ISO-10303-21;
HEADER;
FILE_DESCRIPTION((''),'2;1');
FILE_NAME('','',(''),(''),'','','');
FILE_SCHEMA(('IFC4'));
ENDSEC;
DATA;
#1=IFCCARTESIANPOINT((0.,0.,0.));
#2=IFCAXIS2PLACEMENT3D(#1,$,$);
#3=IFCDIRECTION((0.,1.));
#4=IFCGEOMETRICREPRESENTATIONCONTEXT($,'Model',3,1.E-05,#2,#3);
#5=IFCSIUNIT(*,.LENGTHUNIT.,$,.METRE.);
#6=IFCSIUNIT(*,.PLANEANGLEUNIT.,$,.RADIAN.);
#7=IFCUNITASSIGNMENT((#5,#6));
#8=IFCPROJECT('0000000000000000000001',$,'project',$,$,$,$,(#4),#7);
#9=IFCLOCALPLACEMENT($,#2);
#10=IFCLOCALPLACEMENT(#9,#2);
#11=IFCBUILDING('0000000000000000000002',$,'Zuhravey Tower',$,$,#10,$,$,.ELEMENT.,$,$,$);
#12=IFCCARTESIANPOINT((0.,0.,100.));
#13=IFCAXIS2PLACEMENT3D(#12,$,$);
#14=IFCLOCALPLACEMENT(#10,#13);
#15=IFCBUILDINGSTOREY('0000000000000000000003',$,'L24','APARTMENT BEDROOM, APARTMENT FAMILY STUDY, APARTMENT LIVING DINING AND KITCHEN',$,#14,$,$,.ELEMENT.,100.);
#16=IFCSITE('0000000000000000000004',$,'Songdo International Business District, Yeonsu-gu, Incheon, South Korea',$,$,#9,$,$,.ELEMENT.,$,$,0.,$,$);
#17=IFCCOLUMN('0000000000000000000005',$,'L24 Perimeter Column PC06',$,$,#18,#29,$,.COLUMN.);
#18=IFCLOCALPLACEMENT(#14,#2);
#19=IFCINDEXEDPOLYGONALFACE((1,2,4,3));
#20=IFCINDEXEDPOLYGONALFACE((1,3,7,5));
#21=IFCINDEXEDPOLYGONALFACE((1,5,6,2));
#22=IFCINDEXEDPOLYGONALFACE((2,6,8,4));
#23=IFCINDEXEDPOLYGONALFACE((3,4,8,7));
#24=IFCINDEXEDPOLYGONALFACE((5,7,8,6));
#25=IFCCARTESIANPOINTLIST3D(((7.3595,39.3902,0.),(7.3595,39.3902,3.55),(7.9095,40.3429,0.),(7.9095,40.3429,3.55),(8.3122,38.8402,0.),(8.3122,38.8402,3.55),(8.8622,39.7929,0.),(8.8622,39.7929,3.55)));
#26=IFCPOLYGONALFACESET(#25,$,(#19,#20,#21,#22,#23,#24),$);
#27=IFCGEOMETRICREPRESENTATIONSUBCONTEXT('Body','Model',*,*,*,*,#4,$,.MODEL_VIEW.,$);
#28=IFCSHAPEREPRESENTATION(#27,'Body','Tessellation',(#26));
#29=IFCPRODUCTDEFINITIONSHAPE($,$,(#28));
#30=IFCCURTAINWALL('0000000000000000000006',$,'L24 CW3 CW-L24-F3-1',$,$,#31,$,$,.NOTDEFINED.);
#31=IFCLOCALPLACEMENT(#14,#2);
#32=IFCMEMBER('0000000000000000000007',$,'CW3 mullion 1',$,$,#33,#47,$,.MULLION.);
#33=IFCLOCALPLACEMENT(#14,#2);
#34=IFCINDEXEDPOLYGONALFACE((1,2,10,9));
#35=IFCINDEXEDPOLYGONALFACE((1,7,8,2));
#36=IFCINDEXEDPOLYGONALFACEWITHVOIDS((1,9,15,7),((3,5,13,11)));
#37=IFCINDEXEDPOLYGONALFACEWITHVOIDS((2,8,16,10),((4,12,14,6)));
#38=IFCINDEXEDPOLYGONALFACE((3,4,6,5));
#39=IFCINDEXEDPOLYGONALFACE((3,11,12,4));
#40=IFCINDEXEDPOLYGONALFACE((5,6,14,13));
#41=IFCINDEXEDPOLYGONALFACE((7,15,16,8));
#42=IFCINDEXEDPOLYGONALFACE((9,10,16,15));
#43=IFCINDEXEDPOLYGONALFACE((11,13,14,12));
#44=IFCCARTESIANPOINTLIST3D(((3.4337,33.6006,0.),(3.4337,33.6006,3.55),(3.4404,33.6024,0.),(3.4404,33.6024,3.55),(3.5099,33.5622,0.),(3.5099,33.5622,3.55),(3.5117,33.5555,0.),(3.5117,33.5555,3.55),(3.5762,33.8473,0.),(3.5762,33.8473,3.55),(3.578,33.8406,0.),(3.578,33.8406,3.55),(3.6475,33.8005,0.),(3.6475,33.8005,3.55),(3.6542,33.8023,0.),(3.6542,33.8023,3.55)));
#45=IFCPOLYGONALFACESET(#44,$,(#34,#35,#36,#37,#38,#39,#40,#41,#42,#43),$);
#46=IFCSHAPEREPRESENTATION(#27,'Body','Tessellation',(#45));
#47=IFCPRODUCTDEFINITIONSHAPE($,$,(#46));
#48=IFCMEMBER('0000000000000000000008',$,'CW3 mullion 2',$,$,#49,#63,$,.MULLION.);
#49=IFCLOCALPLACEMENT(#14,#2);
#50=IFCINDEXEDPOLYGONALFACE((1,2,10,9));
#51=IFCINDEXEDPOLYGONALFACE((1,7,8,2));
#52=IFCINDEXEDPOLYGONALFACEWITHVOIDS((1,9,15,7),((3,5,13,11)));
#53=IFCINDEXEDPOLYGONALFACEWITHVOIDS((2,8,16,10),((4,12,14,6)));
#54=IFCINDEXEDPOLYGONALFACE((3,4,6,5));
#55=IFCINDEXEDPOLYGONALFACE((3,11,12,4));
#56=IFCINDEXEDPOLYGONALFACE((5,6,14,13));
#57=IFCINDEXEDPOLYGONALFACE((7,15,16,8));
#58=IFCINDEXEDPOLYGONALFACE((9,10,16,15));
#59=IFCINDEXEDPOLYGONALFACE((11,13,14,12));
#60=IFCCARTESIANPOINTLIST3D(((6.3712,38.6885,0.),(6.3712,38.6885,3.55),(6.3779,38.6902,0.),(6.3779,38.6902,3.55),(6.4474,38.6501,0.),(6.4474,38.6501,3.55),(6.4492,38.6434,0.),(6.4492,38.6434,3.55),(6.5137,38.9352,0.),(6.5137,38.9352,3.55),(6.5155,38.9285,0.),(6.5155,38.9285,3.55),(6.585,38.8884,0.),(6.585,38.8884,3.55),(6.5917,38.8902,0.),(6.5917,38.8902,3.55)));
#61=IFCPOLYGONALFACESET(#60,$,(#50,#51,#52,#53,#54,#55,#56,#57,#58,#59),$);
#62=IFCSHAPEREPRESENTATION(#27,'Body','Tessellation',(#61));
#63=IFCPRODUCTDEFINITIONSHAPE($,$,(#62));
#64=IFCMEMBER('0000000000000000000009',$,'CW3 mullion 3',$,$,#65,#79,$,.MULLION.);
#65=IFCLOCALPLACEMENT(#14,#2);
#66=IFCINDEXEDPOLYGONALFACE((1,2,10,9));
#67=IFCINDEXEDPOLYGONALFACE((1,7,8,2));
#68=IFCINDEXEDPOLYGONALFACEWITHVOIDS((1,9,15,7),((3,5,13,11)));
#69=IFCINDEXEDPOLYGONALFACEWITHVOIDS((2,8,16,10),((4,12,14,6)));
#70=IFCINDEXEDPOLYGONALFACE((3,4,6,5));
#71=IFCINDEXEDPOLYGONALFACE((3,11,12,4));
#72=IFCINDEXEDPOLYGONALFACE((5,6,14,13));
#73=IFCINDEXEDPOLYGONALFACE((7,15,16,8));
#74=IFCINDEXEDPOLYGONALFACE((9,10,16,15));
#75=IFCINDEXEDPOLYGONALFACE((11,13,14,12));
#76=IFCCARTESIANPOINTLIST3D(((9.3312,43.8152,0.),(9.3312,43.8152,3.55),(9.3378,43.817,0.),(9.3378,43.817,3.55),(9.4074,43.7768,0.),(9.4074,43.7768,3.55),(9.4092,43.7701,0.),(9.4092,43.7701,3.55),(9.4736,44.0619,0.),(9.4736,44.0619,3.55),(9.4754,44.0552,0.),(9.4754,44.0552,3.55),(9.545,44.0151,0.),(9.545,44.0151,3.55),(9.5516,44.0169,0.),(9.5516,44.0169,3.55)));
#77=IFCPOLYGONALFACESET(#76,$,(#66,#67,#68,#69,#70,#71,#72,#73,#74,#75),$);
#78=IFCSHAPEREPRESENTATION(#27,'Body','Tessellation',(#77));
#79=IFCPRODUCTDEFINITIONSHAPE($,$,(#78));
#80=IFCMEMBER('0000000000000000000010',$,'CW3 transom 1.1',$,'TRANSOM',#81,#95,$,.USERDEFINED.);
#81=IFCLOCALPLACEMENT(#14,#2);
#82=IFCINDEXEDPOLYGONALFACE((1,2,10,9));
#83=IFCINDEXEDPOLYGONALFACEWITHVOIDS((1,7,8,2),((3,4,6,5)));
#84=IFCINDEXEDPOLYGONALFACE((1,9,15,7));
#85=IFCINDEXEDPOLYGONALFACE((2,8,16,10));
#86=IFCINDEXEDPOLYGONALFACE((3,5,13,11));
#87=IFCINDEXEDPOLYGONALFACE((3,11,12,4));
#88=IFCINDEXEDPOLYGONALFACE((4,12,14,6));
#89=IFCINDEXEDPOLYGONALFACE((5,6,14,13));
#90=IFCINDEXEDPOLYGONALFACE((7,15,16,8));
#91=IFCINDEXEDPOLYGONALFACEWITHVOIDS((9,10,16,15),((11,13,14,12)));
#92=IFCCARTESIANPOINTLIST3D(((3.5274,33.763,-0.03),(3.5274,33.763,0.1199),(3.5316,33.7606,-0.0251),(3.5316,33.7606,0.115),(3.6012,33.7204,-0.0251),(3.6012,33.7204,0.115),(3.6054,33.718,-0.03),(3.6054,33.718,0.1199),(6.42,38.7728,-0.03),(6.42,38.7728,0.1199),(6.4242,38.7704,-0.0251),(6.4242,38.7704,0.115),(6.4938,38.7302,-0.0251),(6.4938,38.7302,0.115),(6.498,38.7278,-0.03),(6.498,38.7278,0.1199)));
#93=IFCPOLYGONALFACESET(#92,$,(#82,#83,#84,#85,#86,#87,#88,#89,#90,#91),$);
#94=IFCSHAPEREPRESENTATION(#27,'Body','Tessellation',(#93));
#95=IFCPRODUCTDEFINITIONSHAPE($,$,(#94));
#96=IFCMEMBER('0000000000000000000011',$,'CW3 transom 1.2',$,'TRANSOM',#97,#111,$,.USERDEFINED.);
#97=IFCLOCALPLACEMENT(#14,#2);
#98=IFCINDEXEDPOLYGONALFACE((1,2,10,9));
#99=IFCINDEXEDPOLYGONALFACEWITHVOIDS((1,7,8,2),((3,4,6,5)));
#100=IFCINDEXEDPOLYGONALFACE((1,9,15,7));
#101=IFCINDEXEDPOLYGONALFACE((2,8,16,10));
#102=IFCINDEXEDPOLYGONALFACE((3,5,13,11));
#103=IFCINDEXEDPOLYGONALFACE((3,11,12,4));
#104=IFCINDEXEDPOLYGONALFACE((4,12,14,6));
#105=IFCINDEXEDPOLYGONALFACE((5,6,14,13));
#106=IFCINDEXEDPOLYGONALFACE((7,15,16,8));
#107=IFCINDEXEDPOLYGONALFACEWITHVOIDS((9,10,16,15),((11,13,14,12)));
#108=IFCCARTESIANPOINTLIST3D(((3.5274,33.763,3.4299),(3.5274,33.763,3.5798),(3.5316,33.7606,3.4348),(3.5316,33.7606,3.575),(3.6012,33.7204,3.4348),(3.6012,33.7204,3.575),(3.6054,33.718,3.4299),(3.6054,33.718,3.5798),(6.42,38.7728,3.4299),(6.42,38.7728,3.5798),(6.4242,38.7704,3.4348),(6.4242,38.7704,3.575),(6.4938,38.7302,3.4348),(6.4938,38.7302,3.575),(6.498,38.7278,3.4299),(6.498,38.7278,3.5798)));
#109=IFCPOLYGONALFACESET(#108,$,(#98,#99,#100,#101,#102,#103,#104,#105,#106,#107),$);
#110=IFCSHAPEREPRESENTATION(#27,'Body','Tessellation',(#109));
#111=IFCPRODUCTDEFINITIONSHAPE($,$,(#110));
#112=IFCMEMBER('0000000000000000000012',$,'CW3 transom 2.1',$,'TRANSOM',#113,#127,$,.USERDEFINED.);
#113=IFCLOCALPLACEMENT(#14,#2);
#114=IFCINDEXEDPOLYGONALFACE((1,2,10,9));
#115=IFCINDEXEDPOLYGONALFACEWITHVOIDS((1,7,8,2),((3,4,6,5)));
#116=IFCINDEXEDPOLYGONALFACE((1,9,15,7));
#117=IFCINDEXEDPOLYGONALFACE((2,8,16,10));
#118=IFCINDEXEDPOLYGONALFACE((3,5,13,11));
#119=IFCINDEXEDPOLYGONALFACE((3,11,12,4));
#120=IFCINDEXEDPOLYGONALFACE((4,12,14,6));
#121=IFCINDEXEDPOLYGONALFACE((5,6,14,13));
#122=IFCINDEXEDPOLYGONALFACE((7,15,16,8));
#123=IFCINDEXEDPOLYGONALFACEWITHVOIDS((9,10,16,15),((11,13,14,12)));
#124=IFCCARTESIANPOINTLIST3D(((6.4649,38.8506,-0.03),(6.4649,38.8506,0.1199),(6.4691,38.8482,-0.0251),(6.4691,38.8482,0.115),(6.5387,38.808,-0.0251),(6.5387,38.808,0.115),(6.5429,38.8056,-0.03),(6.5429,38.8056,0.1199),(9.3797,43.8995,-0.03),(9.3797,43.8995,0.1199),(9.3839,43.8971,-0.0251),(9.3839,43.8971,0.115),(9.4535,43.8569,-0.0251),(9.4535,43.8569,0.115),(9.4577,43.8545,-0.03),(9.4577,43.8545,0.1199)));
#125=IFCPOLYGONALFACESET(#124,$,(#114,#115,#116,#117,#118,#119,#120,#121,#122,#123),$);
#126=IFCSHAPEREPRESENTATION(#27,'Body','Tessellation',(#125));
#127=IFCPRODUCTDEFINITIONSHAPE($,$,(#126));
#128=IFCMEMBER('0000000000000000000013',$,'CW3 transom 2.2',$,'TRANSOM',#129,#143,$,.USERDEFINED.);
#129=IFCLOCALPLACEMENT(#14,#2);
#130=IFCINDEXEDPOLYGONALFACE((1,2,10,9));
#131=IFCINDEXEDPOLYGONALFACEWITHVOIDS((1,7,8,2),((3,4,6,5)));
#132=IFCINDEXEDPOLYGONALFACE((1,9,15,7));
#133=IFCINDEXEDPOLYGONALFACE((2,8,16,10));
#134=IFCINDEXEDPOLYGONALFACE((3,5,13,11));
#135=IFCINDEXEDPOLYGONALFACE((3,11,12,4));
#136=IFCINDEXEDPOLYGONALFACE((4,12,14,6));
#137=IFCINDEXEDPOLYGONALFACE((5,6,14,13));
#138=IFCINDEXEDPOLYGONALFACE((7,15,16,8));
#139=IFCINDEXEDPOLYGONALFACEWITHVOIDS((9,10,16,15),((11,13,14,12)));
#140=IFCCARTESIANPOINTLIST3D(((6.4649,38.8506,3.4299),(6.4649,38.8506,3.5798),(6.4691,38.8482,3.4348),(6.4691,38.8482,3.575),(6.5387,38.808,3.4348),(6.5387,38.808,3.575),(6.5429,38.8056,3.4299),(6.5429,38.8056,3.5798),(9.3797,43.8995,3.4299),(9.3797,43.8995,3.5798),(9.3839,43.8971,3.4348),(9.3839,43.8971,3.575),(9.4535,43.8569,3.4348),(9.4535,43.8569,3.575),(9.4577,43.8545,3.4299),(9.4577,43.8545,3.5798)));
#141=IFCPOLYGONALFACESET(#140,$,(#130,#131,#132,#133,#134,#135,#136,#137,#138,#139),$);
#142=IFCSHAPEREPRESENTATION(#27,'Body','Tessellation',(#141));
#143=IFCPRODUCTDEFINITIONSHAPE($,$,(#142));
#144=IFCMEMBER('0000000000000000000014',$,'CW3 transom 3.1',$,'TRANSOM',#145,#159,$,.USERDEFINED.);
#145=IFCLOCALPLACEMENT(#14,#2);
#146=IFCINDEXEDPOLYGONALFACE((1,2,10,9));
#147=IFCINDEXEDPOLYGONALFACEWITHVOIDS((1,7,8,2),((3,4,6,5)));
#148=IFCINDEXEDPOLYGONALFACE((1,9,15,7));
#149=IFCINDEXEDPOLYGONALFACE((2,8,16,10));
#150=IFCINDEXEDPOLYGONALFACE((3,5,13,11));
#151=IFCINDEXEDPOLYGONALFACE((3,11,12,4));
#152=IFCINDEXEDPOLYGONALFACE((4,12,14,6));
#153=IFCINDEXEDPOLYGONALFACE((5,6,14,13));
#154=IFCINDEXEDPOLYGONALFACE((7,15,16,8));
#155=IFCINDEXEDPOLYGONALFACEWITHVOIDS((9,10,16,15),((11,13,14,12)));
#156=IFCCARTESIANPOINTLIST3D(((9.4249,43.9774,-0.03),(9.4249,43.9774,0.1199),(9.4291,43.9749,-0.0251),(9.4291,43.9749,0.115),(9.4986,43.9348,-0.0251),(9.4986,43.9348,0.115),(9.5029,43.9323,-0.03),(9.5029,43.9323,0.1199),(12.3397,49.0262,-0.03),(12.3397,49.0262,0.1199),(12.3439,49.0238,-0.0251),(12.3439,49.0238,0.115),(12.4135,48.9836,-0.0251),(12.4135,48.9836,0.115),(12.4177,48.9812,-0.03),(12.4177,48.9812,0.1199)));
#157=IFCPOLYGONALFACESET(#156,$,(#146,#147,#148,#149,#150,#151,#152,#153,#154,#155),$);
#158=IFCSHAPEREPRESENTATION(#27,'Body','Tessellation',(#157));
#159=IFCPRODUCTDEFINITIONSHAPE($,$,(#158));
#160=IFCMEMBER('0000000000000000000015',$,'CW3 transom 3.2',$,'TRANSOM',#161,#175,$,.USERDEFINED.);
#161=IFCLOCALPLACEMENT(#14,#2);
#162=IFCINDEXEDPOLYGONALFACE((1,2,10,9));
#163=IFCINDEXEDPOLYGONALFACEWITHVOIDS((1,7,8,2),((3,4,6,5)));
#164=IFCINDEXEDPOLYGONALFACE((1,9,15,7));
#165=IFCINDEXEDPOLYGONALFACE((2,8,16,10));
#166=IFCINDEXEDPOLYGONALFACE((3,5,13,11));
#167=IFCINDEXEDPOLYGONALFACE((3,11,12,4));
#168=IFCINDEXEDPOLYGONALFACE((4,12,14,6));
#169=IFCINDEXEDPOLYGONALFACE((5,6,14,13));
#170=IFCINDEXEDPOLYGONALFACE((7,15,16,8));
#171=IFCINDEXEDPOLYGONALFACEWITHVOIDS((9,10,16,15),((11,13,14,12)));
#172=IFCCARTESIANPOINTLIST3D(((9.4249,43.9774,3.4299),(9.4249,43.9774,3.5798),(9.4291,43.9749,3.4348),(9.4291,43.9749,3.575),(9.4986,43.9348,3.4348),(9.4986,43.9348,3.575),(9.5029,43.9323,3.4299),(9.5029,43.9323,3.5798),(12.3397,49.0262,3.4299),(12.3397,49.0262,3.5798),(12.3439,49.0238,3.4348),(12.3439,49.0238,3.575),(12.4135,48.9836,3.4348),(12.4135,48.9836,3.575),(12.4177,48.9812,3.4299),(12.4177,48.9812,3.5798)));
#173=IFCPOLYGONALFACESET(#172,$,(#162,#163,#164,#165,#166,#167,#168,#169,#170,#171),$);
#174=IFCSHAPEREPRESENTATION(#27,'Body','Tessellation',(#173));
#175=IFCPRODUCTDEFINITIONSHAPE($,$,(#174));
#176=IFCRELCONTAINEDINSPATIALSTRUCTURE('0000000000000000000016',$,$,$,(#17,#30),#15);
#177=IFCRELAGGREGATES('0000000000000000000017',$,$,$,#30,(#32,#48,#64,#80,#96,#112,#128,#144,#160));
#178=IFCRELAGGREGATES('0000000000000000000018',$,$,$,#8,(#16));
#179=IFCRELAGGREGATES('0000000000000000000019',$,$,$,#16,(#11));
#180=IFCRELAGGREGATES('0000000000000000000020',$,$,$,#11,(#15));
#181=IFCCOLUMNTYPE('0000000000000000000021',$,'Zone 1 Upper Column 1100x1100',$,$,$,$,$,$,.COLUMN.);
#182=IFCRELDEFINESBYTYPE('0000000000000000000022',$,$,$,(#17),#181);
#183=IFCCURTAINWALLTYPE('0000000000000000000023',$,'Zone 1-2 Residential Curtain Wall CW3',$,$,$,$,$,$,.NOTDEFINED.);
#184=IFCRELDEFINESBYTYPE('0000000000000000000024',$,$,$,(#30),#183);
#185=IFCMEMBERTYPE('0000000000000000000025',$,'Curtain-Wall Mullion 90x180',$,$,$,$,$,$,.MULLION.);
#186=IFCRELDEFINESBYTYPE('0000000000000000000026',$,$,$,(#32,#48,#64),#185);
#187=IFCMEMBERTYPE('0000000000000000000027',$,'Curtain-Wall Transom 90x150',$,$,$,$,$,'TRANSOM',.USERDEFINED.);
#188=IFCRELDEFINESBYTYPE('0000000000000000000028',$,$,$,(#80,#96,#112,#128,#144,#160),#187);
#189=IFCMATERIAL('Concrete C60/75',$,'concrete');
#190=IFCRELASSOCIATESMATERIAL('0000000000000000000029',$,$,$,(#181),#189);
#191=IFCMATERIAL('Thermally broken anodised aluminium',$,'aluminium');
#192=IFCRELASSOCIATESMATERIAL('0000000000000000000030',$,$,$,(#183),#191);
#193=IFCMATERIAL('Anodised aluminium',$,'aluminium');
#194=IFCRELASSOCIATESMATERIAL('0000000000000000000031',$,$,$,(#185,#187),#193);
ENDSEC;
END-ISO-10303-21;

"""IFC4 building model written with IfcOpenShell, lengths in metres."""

from ifc_helpers import new_model, si_unit, direction, frame, origin, origin_2d, place, context, subcontext, project, spatial, rectangle, hollow_rectangle, extrude, material, material_profile, profile_set, type_object, element, aggregate, save


model = new_model("IFC4")

# Units and contexts
model_context = context("Model", 3, precision=1e-05, world=origin(), true_north=direction((0.0, 1.0)))
body_context = subcontext(model_context, "Body", "Model", "MODEL_VIEW")
ifc_project = project(units=[si_unit("LENGTHUNIT", "METRE"), si_unit("PLANEANGLEUNIT", "RADIAN")], contexts=[model_context])

# Site, building, storey
site_placement = place(None, origin())
site = spatial("IfcSite", under=ifc_project, at=site_placement, Name="Songdo International Business District, Yeonsu-gu, Incheon, South Korea", CompositionType="ELEMENT", RefElevation=0.0)
building_placement = place(site_placement, origin())
building = spatial("IfcBuilding", under=site, at=building_placement, Name="Zuhravey Tower", CompositionType="ELEMENT")
storey_placement = place(building_placement, frame((0.0, 0.0, 100.0)))
storey = spatial("IfcBuildingStorey", under=building, at=storey_placement, Name="L24", Description="APARTMENT BEDROOM, APARTMENT FAMILY STUDY, APARTMENT LIVING DINING AND KITCHEN", CompositionType="ELEMENT", Elevation=100.0)

# Column
ifc_material_1 = material(Name="Concrete C60/75", Category="concrete")
ifc_material_profile_1 = material_profile(ifc_material_1, rectangle(XDim=1.1001, YDim=1.1001, at=origin_2d()), Name="RC-1100x1100")
ifc_profile_set_1 = profile_set([ifc_material_profile_1], Name="Concrete C60/75")
column_type = type_object("IfcColumnType", Name="Zone 1 Upper Column 1100x1100", PredefinedType="COLUMN", material=ifc_profile_set_1)
column_placement = place(storey_placement, frame((8.1108, 39.5916, 0.0), z_axis=(0.0, 0.0, 1.0), x_axis=(-0.5, -0.866025, 0.0)))
element("IfcColumn", 1, at=column_placement, inside=storey, type_object=column_type, Name="L24 Perimeter Column PC06", PredefinedType="COLUMN", context=body_context, shape_type="SweptSolid", body=[
    extrude(rectangle(XDim=1.1001, YDim=1.1001, at=origin_2d()), origin(), (0.0, 0.0, 1.0), 3.55),
])

# Curtain wall, members
ifc_material_2 = material(Name="Thermally broken anodised aluminium", Category="aluminium")
curtain_wall_type = type_object("IfcCurtainWallType", Name="Zone 1-2 Residential Curtain Wall CW3", PredefinedType="NOTDEFINED", material=ifc_material_2)
curtain_wall_placement = place(storey_placement, origin())
curtain_wall = element("IfcCurtainWall", 2, at=curtain_wall_placement, inside=storey, type_object=curtain_wall_type, Name="L24 CW3 CW-L24-F3-1", PredefinedType="NOTDEFINED")
ifc_material_3 = material(Name="Anodised aluminium", Category="aluminium")
ifc_material_profile_2 = material_profile(ifc_material_3, hollow_rectangle(XDim=0.0901, YDim=0.2849, WallThickness=0.0049, at=origin_2d()), Name="ALU-RHS-90x285x5")
ifc_profile_set_2 = profile_set([ifc_material_profile_2], Name="Anodised aluminium")
member_type_1 = type_object("IfcMemberType", Name="Curtain-Wall Mullion 90x180", PredefinedType="MULLION", material=ifc_profile_set_2)
member_1_placement = place(storey_placement, frame((3.5439, 33.7014, 0.0), z_axis=(0.0, 0.0, 1.0), x_axis=(-0.866026, 0.5, 0.0)))
member_1 = element("IfcMember", 3, at=member_1_placement, type_object=member_type_1, Name="CW3 mullion 1", PredefinedType="MULLION", context=body_context, shape_type="SweptSolid", body=[
    extrude(hollow_rectangle(XDim=0.0901, YDim=0.2849, WallThickness=0.0049, at=origin_2d()), origin(), (0.0, 0.0, 1.0), 3.55),
])
member_2_placement = place(storey_placement, frame((6.4814, 38.7893, 0.0), z_axis=(0.0, 0.0, 1.0), x_axis=(-0.866026, 0.5, 0.0)))
member_2 = element("IfcMember", 4, at=member_2_placement, type_object=member_type_1, Name="CW3 mullion 2", PredefinedType="MULLION", context=body_context, shape_type="SweptSolid", body=[
    extrude(hollow_rectangle(XDim=0.0901, YDim=0.2849, WallThickness=0.0049, at=origin_2d()), origin(), (0.0, 0.0, 1.0), 3.55),
])
member_3_placement = place(storey_placement, frame((9.4414, 43.916, 0.0), z_axis=(0.0, 0.0, 1.0), x_axis=(-0.866026, 0.5, 0.0)))
member_3 = element("IfcMember", 5, at=member_3_placement, type_object=member_type_1, Name="CW3 mullion 3", PredefinedType="MULLION", context=body_context, shape_type="SweptSolid", body=[
    extrude(hollow_rectangle(XDim=0.0901, YDim=0.2849, WallThickness=0.0049, at=origin_2d()), origin(), (0.0, 0.0, 1.0), 3.55),
])
ifc_material_profile_3 = material_profile(ifc_material_3, hollow_rectangle(XDim=0.0901, YDim=0.1499, WallThickness=0.0049, at=origin_2d()), Name="ALU-RHS-90x150x5")
ifc_profile_set_3 = profile_set([ifc_material_profile_3], Name="Anodised aluminium")
member_type_2 = type_object("IfcMemberType", Name="Curtain-Wall Transom 90x150", ElementType="TRANSOM", PredefinedType="USERDEFINED", material=ifc_profile_set_3)
member_4_placement = place(storey_placement, frame((3.5664, 33.7405, 0.0449), z_axis=(0.500024, 0.866011, 0.0), x_axis=(-0.866011, 0.500024, 0.0)))
member_4 = element("IfcMember", 6, at=member_4_placement, type_object=member_type_2, Name="CW3 transom 1.1", ObjectType="TRANSOM", PredefinedType="USERDEFINED", context=body_context, shape_type="SweptSolid", body=[
    extrude(hollow_rectangle(XDim=0.0901, YDim=0.1499, WallThickness=0.0049, at=origin_2d()), origin(), (0.0, 0.0, 1.0), 5.7849),
])
member_5_placement = place(storey_placement, frame((3.5664, 33.7405, 3.5049), z_axis=(0.500024, 0.866011, 0.0), x_axis=(-0.866011, 0.500024, 0.0)))
member_5 = element("IfcMember", 7, at=member_5_placement, type_object=member_type_2, Name="CW3 transom 1.2", ObjectType="TRANSOM", PredefinedType="USERDEFINED", context=body_context, shape_type="SweptSolid", body=[
    extrude(hollow_rectangle(XDim=0.0901, YDim=0.1499, WallThickness=0.0049, at=origin_2d()), origin(), (0.0, 0.0, 1.0), 5.7849),
])
member_6_placement = place(storey_placement, frame((6.5039, 38.8281, 0.0449), z_axis=(0.499981, 0.866036, 0.0), x_axis=(-0.866036, 0.499981, 0.0)))
member_6 = element("IfcMember", 8, at=member_6_placement, type_object=member_type_2, Name="CW3 transom 2.1", ObjectType="TRANSOM", PredefinedType="USERDEFINED", context=body_context, shape_type="SweptSolid", body=[
    extrude(hollow_rectangle(XDim=0.0901, YDim=0.1499, WallThickness=0.0049, at=origin_2d()), origin(), (0.0, 0.0, 1.0), 5.8298),
])
member_7_placement = place(storey_placement, frame((6.5039, 38.8281, 3.5049), z_axis=(0.499981, 0.866036, 0.0), x_axis=(-0.866036, 0.499981, 0.0)))
member_7 = element("IfcMember", 9, at=member_7_placement, type_object=member_type_2, Name="CW3 transom 2.2", ObjectType="TRANSOM", PredefinedType="USERDEFINED", context=body_context, shape_type="SweptSolid", body=[
    extrude(hollow_rectangle(XDim=0.0901, YDim=0.1499, WallThickness=0.0049, at=origin_2d()), origin(), (0.0, 0.0, 1.0), 5.8298),
])
member_8_placement = place(storey_placement, frame((9.4639, 43.9548, 0.0449), z_axis=(0.499981, 0.866036, 0.0), x_axis=(-0.866036, 0.499981, 0.0)))
member_8 = element("IfcMember", 10, at=member_8_placement, type_object=member_type_2, Name="CW3 transom 3.1", ObjectType="TRANSOM", PredefinedType="USERDEFINED", context=body_context, shape_type="SweptSolid", body=[
    extrude(hollow_rectangle(XDim=0.0901, YDim=0.1499, WallThickness=0.0049, at=origin_2d()), origin(), (0.0, 0.0, 1.0), 5.8298),
])
member_9_placement = place(storey_placement, frame((9.4639, 43.9548, 3.5049), z_axis=(0.499981, 0.866036, 0.0), x_axis=(-0.866036, 0.499981, 0.0)))
member_9 = element("IfcMember", 11, at=member_9_placement, type_object=member_type_2, Name="CW3 transom 3.2", ObjectType="TRANSOM", PredefinedType="USERDEFINED", context=body_context, shape_type="SweptSolid", body=[
    extrude(hollow_rectangle(XDim=0.0901, YDim=0.1499, WallThickness=0.0049, at=origin_2d()), origin(), (0.0, 0.0, 1.0), 5.8298),
])

aggregate(curtain_wall, [member_1, member_2, member_3, member_4, member_5, member_6, member_7, member_8, member_9])

save(model, "model.ifc")
